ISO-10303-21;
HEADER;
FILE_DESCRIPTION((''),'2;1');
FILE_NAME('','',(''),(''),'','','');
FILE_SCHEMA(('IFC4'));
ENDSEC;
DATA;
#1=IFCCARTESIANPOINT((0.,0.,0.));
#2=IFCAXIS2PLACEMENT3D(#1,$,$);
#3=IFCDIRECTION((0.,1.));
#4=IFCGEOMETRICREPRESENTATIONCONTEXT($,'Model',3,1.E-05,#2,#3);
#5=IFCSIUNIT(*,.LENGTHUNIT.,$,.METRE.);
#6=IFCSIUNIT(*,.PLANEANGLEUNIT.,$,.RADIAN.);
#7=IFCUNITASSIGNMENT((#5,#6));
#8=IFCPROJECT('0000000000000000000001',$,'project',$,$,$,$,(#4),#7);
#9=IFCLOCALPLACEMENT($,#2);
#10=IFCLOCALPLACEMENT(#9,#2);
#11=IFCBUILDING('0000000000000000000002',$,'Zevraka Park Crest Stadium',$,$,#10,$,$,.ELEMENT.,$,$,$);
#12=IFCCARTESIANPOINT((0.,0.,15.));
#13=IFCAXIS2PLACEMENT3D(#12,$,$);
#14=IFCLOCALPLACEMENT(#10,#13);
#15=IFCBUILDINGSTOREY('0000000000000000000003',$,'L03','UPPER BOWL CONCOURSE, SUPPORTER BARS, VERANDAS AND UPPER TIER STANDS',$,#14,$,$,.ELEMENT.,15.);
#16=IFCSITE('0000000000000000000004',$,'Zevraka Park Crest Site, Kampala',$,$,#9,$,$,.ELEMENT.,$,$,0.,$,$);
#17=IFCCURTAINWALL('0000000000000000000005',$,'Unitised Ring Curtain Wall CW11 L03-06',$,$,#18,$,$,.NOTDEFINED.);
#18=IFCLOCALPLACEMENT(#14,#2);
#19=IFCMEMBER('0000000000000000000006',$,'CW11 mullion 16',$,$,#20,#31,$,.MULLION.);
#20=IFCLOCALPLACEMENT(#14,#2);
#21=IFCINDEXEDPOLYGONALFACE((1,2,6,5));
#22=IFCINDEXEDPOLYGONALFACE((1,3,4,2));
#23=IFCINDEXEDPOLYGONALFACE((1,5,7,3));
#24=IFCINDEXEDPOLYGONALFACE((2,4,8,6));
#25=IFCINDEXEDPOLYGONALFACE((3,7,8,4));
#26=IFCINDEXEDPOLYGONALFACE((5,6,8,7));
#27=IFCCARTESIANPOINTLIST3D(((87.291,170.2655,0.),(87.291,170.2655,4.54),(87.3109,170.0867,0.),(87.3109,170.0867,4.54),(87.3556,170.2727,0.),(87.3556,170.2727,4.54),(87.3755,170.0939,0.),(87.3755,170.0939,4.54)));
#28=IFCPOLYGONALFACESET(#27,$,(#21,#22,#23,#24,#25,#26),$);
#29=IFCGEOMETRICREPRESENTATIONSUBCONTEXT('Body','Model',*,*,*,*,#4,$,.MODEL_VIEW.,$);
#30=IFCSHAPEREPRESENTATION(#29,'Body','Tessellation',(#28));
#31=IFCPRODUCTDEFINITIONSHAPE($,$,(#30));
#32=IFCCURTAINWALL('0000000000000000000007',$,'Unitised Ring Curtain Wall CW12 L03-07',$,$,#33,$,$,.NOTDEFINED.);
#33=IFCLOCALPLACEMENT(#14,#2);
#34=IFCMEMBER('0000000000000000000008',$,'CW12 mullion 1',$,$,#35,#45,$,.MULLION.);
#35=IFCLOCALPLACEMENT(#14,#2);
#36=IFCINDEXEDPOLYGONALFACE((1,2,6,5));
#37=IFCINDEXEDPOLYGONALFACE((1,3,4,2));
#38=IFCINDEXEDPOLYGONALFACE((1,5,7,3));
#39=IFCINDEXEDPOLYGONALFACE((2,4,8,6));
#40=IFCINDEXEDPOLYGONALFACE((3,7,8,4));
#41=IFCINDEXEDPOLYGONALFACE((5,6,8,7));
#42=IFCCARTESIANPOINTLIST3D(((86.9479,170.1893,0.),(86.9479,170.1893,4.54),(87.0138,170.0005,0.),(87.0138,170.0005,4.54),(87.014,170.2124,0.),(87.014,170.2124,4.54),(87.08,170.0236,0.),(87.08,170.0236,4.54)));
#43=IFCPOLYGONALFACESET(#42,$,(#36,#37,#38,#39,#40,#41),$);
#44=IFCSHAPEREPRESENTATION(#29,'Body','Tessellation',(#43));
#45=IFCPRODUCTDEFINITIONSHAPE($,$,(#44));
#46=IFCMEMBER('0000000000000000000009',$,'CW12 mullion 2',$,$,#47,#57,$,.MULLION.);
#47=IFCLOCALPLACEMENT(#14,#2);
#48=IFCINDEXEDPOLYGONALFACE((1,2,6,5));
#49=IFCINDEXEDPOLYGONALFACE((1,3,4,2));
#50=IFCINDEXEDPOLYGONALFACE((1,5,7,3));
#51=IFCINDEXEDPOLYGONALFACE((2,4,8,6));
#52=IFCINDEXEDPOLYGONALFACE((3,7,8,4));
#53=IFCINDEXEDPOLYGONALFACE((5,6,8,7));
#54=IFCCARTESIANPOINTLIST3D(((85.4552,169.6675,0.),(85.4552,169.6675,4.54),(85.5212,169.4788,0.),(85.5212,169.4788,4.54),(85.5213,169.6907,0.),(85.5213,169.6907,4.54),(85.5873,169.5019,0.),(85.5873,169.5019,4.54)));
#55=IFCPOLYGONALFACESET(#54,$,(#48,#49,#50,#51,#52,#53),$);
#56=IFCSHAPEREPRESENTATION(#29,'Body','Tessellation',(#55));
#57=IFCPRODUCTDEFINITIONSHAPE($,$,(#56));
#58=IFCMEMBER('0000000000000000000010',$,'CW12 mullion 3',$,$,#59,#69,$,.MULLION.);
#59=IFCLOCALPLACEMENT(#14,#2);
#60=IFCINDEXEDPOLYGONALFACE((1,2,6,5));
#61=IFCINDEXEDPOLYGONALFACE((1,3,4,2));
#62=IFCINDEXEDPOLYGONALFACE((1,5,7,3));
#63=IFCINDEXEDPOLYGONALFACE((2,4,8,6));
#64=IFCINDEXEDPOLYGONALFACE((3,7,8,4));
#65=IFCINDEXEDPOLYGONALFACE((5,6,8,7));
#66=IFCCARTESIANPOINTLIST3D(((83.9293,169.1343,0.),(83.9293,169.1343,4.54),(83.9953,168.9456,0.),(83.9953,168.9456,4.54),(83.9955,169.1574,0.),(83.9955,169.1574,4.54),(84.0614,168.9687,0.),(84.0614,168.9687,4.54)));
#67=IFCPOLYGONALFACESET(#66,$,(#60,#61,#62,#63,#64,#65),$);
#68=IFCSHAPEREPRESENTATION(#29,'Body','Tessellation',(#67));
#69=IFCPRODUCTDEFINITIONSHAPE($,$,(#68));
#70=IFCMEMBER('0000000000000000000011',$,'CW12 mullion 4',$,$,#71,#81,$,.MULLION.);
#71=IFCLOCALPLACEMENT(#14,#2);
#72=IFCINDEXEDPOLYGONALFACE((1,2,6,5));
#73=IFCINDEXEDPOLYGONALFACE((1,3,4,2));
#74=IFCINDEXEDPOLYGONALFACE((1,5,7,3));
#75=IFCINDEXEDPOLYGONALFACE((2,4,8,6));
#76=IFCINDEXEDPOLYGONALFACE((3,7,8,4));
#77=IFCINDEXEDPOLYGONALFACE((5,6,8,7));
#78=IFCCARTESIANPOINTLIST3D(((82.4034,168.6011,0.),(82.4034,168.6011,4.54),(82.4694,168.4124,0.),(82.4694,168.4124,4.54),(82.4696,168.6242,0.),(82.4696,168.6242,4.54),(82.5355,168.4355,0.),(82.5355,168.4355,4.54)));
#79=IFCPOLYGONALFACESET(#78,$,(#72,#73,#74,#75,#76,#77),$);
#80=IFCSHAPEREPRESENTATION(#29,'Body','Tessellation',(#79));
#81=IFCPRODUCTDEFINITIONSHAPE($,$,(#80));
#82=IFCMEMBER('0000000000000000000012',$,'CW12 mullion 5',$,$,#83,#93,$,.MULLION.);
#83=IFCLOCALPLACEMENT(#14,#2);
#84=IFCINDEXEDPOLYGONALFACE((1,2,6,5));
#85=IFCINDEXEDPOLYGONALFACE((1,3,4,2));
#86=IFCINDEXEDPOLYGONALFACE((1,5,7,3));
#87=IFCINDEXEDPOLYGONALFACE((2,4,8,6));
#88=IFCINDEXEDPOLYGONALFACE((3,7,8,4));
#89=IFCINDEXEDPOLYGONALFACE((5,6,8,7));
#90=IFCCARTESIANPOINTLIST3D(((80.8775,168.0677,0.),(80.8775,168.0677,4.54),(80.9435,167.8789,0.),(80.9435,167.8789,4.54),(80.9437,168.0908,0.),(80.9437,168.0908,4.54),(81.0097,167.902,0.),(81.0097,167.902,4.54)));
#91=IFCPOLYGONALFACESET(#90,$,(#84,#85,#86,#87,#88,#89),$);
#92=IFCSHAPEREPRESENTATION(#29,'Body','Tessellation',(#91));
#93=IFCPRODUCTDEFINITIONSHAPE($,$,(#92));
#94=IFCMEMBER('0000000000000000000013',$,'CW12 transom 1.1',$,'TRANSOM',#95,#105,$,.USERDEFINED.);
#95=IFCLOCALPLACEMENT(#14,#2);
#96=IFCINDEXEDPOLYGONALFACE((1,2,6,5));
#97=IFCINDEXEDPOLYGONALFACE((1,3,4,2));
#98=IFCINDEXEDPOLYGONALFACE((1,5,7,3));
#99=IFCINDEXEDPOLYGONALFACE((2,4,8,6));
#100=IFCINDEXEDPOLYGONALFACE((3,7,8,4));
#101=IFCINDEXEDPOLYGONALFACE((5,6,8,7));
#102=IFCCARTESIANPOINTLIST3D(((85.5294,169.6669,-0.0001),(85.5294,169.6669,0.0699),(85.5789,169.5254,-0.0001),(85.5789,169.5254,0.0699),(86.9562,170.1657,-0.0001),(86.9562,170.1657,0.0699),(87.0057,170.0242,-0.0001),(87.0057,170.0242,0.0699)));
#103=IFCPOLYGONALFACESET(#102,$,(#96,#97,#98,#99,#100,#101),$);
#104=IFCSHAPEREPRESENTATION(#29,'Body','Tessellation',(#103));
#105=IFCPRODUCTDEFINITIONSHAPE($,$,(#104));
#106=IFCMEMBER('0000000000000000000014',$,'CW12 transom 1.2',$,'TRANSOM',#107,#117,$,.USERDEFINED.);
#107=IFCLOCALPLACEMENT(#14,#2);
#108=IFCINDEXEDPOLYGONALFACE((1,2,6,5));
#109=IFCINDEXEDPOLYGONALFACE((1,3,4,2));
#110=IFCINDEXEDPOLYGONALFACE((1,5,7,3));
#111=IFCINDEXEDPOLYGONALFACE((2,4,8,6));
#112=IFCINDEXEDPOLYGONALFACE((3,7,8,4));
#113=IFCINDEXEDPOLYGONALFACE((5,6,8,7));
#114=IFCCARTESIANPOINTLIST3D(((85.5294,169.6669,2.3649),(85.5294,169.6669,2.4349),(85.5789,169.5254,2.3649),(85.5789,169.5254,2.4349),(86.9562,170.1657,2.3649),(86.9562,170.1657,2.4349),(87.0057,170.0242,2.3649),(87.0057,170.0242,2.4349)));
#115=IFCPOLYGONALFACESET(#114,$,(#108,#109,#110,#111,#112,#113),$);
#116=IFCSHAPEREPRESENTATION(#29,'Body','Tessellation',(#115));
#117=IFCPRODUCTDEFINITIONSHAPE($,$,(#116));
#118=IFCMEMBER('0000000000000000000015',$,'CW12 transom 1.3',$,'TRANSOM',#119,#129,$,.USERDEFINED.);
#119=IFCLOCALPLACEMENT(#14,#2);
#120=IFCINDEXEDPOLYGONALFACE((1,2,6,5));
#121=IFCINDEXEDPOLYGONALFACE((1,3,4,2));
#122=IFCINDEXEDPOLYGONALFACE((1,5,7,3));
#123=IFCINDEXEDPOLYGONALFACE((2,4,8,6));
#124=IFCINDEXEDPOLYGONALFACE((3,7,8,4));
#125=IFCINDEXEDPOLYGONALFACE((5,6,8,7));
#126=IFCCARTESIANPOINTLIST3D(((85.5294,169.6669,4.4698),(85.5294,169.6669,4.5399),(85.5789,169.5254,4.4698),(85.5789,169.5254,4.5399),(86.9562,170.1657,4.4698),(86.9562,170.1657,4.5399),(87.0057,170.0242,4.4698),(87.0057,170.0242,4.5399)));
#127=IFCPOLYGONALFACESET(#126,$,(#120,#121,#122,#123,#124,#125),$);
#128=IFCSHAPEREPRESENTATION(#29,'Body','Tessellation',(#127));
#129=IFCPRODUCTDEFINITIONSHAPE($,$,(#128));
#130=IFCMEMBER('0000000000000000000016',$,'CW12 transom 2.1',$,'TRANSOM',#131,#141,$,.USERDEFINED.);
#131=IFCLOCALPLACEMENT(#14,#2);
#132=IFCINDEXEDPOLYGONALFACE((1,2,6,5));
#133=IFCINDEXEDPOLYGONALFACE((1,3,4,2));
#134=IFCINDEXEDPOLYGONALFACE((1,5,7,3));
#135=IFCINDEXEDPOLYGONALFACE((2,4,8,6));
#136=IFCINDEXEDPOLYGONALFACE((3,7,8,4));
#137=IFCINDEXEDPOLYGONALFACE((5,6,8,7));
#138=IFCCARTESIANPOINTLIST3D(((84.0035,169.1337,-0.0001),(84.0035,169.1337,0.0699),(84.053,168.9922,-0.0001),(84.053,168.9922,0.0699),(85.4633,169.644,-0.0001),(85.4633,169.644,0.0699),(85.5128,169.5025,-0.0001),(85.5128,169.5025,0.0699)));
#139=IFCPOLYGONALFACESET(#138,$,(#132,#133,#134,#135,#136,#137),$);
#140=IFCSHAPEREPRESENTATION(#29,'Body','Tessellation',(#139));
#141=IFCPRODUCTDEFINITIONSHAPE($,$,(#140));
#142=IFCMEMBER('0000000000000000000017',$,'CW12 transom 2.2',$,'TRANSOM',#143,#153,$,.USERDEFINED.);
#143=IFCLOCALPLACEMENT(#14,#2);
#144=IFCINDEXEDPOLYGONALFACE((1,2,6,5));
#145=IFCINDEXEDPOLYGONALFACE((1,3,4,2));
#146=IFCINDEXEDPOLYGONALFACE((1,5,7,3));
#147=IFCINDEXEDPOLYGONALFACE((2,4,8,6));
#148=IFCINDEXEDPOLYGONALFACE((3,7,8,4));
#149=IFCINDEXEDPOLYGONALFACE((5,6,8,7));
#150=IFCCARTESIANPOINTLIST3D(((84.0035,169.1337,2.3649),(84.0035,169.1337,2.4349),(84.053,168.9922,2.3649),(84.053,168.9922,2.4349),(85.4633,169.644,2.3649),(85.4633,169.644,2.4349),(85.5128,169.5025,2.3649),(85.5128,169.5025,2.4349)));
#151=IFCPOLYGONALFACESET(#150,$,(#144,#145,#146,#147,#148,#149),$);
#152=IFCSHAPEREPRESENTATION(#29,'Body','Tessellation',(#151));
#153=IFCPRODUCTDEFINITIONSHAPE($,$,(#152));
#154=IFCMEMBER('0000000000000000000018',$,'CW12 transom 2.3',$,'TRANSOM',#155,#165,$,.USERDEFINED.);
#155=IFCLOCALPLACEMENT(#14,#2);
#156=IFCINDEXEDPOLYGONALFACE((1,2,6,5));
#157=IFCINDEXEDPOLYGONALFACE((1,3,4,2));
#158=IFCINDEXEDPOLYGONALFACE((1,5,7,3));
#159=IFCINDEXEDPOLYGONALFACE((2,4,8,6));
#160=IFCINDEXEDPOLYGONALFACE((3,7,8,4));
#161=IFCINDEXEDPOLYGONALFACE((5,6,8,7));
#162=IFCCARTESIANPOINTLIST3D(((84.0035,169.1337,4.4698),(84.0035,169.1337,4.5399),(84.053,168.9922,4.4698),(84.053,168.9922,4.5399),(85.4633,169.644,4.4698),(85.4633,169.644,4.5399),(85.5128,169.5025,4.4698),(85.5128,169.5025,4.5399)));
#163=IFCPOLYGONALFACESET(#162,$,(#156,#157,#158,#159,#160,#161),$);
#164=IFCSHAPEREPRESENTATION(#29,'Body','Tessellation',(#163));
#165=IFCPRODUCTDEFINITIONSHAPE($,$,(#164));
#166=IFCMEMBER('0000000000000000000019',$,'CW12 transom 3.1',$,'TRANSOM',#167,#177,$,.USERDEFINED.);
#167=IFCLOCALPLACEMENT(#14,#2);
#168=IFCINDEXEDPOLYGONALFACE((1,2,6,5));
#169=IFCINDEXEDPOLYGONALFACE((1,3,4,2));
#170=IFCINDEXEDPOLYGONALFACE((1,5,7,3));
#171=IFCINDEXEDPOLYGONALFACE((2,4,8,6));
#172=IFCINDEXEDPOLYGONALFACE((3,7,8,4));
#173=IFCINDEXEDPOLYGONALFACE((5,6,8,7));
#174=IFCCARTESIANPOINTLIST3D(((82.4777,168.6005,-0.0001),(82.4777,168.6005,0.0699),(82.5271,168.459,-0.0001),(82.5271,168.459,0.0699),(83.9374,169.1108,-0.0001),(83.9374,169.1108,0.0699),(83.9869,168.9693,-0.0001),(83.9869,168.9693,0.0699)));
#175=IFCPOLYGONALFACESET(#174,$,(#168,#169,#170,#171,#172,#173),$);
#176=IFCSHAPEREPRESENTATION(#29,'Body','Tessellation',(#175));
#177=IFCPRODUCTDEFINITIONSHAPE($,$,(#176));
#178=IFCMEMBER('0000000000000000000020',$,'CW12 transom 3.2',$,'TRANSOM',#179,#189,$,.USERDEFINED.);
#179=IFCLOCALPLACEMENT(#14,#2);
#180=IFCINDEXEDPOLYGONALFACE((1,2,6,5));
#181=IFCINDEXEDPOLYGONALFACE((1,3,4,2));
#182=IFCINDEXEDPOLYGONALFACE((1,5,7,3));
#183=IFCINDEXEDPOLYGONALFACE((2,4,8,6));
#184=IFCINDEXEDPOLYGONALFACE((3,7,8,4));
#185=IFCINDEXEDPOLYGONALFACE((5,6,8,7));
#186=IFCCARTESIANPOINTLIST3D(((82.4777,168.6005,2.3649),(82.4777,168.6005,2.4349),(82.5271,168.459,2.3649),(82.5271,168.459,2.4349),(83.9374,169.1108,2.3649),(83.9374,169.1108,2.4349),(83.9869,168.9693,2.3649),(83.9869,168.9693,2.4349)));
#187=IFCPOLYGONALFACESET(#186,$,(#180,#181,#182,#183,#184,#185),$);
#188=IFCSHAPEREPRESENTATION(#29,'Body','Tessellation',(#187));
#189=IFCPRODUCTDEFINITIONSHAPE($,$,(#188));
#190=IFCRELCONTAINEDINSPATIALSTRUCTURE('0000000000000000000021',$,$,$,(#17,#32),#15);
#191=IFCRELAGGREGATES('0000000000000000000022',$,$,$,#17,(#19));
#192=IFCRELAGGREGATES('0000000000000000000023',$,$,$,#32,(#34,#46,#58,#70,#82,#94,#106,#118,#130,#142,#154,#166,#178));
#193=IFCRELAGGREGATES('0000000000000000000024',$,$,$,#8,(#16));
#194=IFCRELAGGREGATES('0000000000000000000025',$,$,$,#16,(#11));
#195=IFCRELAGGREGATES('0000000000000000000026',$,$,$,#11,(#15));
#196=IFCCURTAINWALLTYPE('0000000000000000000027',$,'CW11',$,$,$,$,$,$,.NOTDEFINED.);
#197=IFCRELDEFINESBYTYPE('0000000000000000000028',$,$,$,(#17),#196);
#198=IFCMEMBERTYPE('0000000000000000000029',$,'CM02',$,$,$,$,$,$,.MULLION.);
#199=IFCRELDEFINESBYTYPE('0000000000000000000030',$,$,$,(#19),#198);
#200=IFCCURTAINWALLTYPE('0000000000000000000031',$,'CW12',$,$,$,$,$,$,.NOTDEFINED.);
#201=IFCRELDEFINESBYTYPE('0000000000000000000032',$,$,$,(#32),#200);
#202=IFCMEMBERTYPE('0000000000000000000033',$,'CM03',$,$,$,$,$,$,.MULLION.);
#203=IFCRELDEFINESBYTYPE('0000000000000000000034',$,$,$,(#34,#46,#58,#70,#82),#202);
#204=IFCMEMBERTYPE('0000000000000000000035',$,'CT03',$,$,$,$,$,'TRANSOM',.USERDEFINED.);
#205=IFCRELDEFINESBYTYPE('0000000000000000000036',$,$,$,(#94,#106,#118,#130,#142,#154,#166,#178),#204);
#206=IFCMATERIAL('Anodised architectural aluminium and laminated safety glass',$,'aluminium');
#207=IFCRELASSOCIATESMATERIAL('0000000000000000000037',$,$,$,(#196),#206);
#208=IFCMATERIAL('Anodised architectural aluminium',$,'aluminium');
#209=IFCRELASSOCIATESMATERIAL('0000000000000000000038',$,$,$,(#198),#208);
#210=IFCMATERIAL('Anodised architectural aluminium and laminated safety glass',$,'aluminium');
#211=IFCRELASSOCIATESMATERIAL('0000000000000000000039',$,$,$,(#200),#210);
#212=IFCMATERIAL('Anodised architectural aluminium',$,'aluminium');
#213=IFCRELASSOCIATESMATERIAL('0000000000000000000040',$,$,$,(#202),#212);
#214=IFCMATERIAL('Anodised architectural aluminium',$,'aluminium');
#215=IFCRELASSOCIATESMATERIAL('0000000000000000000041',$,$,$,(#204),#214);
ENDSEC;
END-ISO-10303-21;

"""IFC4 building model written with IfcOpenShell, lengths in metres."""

from ifc_helpers import new_model, si_unit, direction, frame, origin, origin_2d, place, context, subcontext, project, spatial, rectangle, extrude, material, material_profile, profile_set, type_object, element, aggregate, save


model = new_model("IFC4")

# Units and contexts
model_context = context("Model", 3, precision=1e-05, world=origin(), true_north=direction((0.0, 1.0)))
body_context = subcontext(model_context, "Body", "Model", "MODEL_VIEW")
ifc_project = project(units=[si_unit("LENGTHUNIT", "METRE"), si_unit("PLANEANGLEUNIT", "RADIAN")], contexts=[model_context])

# Site, building, storey
site_placement = place(None, origin())
site = spatial("IfcSite", under=ifc_project, at=site_placement, Name="Zevraka Park Crest Site, Kampala", CompositionType="ELEMENT", RefElevation=0.0)
building_placement = place(site_placement, origin())
building = spatial("IfcBuilding", under=site, at=building_placement, Name="Zevraka Park Crest Stadium", CompositionType="ELEMENT")
storey_placement = place(building_placement, frame((0.0, 0.0, 15.0)))
storey = spatial("IfcBuildingStorey", under=building, at=storey_placement, Name="L03", Description="UPPER BOWL CONCOURSE, SUPPORTER BARS, VERANDAS AND UPPER TIER STANDS", CompositionType="ELEMENT", Elevation=15.0)

# Curtain wall, member
ifc_material_1 = material(Name="Anodised architectural aluminium and laminated safety glass", Category="aluminium")
curtain_wall_type_1 = type_object("IfcCurtainWallType", Name="CW11", PredefinedType="NOTDEFINED", material=ifc_material_1)
curtain_wall_1_placement = place(storey_placement, origin())
curtain_wall_1 = element("IfcCurtainWall", 1, at=curtain_wall_1_placement, inside=storey, type_object=curtain_wall_type_1, Name="Unitised Ring Curtain Wall CW11 L03-06", PredefinedType="NOTDEFINED")
ifc_material_2 = material(Name="Anodised architectural aluminium", Category="aluminium")
ifc_material_profile_1 = material_profile(ifc_material_2, rectangle(XDim=0.1799, YDim=0.0649, at=origin_2d()), Name="ALU MULLION 180x65")
ifc_profile_set_1 = profile_set([ifc_material_profile_1], Name="Anodised architectural aluminium")
member_type_1 = type_object("IfcMemberType", Name="CM02", PredefinedType="MULLION", material=ifc_profile_set_1)
member_1_placement = place(storey_placement, frame((87.3333, 170.1797, 0.0), z_axis=(0.0, 0.0, 1.0), x_axis=(0.110396, -0.993888, 0.0)))
member_1 = element("IfcMember", 2, at=member_1_placement, type_object=member_type_1, Name="CW11 mullion 16", PredefinedType="MULLION", context=body_context, shape_type="SweptSolid", body=[
    extrude(rectangle(XDim=0.1799, YDim=0.0649, at=origin_2d()), origin(), (0.0, 0.0, 1.0), 4.54),
])
aggregate(curtain_wall_1, [member_1])

# Curtain wall, members
ifc_material_3 = material(Name="Anodised architectural aluminium and laminated safety glass", Category="aluminium")
curtain_wall_type_2 = type_object("IfcCurtainWallType", Name="CW12", PredefinedType="NOTDEFINED", material=ifc_material_3)
curtain_wall_2_placement = place(storey_placement, origin())
curtain_wall_2 = element("IfcCurtainWall", 3, at=curtain_wall_2_placement, inside=storey, type_object=curtain_wall_type_2, Name="Unitised Ring Curtain Wall CW12 L03-07", PredefinedType="NOTDEFINED")
ifc_material_4 = material(Name="Anodised architectural aluminium", Category="aluminium")
ifc_material_profile_2 = material_profile(ifc_material_4, rectangle(XDim=0.2, YDim=0.0701, at=origin_2d()), Name="ALU MULLION 200x70")
ifc_profile_set_2 = profile_set([ifc_material_profile_2], Name="Anodised architectural aluminium")
member_type_2 = type_object("IfcMemberType", Name="CM03", PredefinedType="MULLION", material=ifc_profile_set_2)
member_2_placement = place(storey_placement, frame((87.0139, 170.1064, 0.0), z_axis=(0.0, 0.0, 1.0), x_axis=(0.329917, -0.94401, 0.0)))
member_2 = element("IfcMember", 4, at=member_2_placement, type_object=member_type_2, Name="CW12 mullion 1", PredefinedType="MULLION", context=body_context, shape_type="SweptSolid", body=[
    extrude(rectangle(XDim=0.2, YDim=0.0701, at=origin_2d()), origin(), (0.0, 0.0, 1.0), 4.54),
])
member_3_placement = place(storey_placement, frame((85.5212, 169.5847, 0.0), z_axis=(0.0, 0.0, 1.0), x_axis=(0.329917, -0.94401, 0.0)))
member_3 = element("IfcMember", 5, at=member_3_placement, type_object=member_type_2, Name="CW12 mullion 2", PredefinedType="MULLION", context=body_context, shape_type="SweptSolid", body=[
    extrude(rectangle(XDim=0.2, YDim=0.0701, at=origin_2d()), origin(), (0.0, 0.0, 1.0), 4.54),
])
member_4_placement = place(storey_placement, frame((83.9954, 169.0515, 0.0), z_axis=(0.0, 0.0, 1.0), x_axis=(0.329917, -0.94401, 0.0)))
member_4 = element("IfcMember", 6, at=member_4_placement, type_object=member_type_2, Name="CW12 mullion 3", PredefinedType="MULLION", context=body_context, shape_type="SweptSolid", body=[
    extrude(rectangle(XDim=0.2, YDim=0.0701, at=origin_2d()), origin(), (0.0, 0.0, 1.0), 4.54),
])
member_5_placement = place(storey_placement, frame((82.4695, 168.5183, 0.0), z_axis=(0.0, 0.0, 1.0), x_axis=(0.329917, -0.94401, 0.0)))
member_5 = element("IfcMember", 7, at=member_5_placement, type_object=member_type_2, Name="CW12 mullion 4", PredefinedType="MULLION", context=body_context, shape_type="SweptSolid", body=[
    extrude(rectangle(XDim=0.2, YDim=0.0701, at=origin_2d()), origin(), (0.0, 0.0, 1.0), 4.54),
])
member_6_placement = place(storey_placement, frame((80.9436, 167.9849, 0.0), z_axis=(0.0, 0.0, 1.0), x_axis=(0.329917, -0.94401, 0.0)))
member_6 = element("IfcMember", 8, at=member_6_placement, type_object=member_type_2, Name="CW12 mullion 5", PredefinedType="MULLION", context=body_context, shape_type="SweptSolid", body=[
    extrude(rectangle(XDim=0.2, YDim=0.0701, at=origin_2d()), origin(), (0.0, 0.0, 1.0), 4.54),
])
ifc_material_5 = material(Name="Anodised architectural aluminium", Category="aluminium")
ifc_material_profile_3 = material_profile(ifc_material_5, rectangle(XDim=0.1499, YDim=0.0701, at=origin_2d()), Name="ALU TRANSOM 150x70")
ifc_profile_set_3 = profile_set([ifc_material_profile_3], Name="Anodised architectural aluminium")
member_type_3 = type_object("IfcMemberType", Name="CT03", ElementType="TRANSOM", PredefinedType="USERDEFINED", material=ifc_profile_set_3)
member_7_placement = place(storey_placement, frame((86.981, 170.095, 0.0349), z_axis=(-0.943979, -0.330005, 0.0), x_axis=(0.330005, -0.943979, 0.0)))
member_7 = element("IfcMember", 9, at=member_7_placement, type_object=member_type_3, Name="CW12 transom 1.1", ObjectType="TRANSOM", PredefinedType="USERDEFINED", context=body_context, shape_type="SweptSolid", body=[
    extrude(rectangle(XDim=0.1499, YDim=0.0701, at=origin_2d()), origin(), (0.0, 0.0, 1.0), 1.5115),
])
member_8_placement = place(storey_placement, frame((86.981, 170.095, 2.3999), z_axis=(-0.943979, -0.330005, 0.0), x_axis=(0.330005, -0.943979, 0.0)))
member_8 = element("IfcMember", 10, at=member_8_placement, type_object=member_type_3, Name="CW12 transom 1.2", ObjectType="TRANSOM", PredefinedType="USERDEFINED", context=body_context, shape_type="SweptSolid", body=[
    extrude(rectangle(XDim=0.1499, YDim=0.0701, at=origin_2d()), origin(), (0.0, 0.0, 1.0), 1.5115),
])
member_9_placement = place(storey_placement, frame((86.981, 170.095, 4.5049), z_axis=(-0.943979, -0.330005, 0.0), x_axis=(0.330005, -0.943979, 0.0)))
member_9 = element("IfcMember", 11, at=member_9_placement, type_object=member_type_3, Name="CW12 transom 1.3", ObjectType="TRANSOM", PredefinedType="USERDEFINED", context=body_context, shape_type="SweptSolid", body=[
    extrude(rectangle(XDim=0.1499, YDim=0.0701, at=origin_2d()), origin(), (0.0, 0.0, 1.0), 1.5115),
])
member_10_placement = place(storey_placement, frame((85.488, 169.5732, 0.0349), z_axis=(-0.943989, -0.329978, 0.0), x_axis=(0.329978, -0.943989, 0.0)))
member_10 = element("IfcMember", 12, at=member_10_placement, type_object=member_type_3, Name="CW12 transom 2.1", ObjectType="TRANSOM", PredefinedType="USERDEFINED", context=body_context, shape_type="SweptSolid", body=[
    extrude(rectangle(XDim=0.1499, YDim=0.0701, at=origin_2d()), origin(), (0.0, 0.0, 1.0), 1.5464),
])
member_11_placement = place(storey_placement, frame((85.488, 169.5732, 2.3999), z_axis=(-0.943989, -0.329978, 0.0), x_axis=(0.329978, -0.943989, 0.0)))
member_11 = element("IfcMember", 13, at=member_11_placement, type_object=member_type_3, Name="CW12 transom 2.2", ObjectType="TRANSOM", PredefinedType="USERDEFINED", context=body_context, shape_type="SweptSolid", body=[
    extrude(rectangle(XDim=0.1499, YDim=0.0701, at=origin_2d()), origin(), (0.0, 0.0, 1.0), 1.5464),
])
member_12_placement = place(storey_placement, frame((85.488, 169.5732, 4.5049), z_axis=(-0.943989, -0.329978, 0.0), x_axis=(0.329978, -0.943989, 0.0)))
member_12 = element("IfcMember", 14, at=member_12_placement, type_object=member_type_3, Name="CW12 transom 2.3", ObjectType="TRANSOM", PredefinedType="USERDEFINED", context=body_context, shape_type="SweptSolid", body=[
    extrude(rectangle(XDim=0.1499, YDim=0.0701, at=origin_2d()), origin(), (0.0, 0.0, 1.0), 1.5464),
])
member_13_placement = place(storey_placement, frame((83.9622, 169.04, 0.0349), z_axis=(-0.943989, -0.329978, 0.0), x_axis=(0.329978, -0.943989, 0.0)))
member_13 = element("IfcMember", 15, at=member_13_placement, type_object=member_type_3, Name="CW12 transom 3.1", ObjectType="TRANSOM", PredefinedType="USERDEFINED", context=body_context, shape_type="SweptSolid", body=[
    extrude(rectangle(XDim=0.1499, YDim=0.0701, at=origin_2d()), origin(), (0.0, 0.0, 1.0), 1.5464),
])
member_14_placement = place(storey_placement, frame((83.9622, 169.04, 2.3999), z_axis=(-0.943989, -0.329978, 0.0), x_axis=(0.329978, -0.943989, 0.0)))
member_14 = element("IfcMember", 16, at=member_14_placement, type_object=member_type_3, Name="CW12 transom 3.2", ObjectType="TRANSOM", PredefinedType="USERDEFINED", context=body_context, shape_type="SweptSolid", body=[
    extrude(rectangle(XDim=0.1499, YDim=0.0701, at=origin_2d()), origin(), (0.0, 0.0, 1.0), 1.5464),
])

aggregate(curtain_wall_2, [member_2, member_3, member_4, member_5, member_6, member_7, member_8, member_9, member_10, member_11, member_12, member_13, member_14])

save(model, "model.ifc")
